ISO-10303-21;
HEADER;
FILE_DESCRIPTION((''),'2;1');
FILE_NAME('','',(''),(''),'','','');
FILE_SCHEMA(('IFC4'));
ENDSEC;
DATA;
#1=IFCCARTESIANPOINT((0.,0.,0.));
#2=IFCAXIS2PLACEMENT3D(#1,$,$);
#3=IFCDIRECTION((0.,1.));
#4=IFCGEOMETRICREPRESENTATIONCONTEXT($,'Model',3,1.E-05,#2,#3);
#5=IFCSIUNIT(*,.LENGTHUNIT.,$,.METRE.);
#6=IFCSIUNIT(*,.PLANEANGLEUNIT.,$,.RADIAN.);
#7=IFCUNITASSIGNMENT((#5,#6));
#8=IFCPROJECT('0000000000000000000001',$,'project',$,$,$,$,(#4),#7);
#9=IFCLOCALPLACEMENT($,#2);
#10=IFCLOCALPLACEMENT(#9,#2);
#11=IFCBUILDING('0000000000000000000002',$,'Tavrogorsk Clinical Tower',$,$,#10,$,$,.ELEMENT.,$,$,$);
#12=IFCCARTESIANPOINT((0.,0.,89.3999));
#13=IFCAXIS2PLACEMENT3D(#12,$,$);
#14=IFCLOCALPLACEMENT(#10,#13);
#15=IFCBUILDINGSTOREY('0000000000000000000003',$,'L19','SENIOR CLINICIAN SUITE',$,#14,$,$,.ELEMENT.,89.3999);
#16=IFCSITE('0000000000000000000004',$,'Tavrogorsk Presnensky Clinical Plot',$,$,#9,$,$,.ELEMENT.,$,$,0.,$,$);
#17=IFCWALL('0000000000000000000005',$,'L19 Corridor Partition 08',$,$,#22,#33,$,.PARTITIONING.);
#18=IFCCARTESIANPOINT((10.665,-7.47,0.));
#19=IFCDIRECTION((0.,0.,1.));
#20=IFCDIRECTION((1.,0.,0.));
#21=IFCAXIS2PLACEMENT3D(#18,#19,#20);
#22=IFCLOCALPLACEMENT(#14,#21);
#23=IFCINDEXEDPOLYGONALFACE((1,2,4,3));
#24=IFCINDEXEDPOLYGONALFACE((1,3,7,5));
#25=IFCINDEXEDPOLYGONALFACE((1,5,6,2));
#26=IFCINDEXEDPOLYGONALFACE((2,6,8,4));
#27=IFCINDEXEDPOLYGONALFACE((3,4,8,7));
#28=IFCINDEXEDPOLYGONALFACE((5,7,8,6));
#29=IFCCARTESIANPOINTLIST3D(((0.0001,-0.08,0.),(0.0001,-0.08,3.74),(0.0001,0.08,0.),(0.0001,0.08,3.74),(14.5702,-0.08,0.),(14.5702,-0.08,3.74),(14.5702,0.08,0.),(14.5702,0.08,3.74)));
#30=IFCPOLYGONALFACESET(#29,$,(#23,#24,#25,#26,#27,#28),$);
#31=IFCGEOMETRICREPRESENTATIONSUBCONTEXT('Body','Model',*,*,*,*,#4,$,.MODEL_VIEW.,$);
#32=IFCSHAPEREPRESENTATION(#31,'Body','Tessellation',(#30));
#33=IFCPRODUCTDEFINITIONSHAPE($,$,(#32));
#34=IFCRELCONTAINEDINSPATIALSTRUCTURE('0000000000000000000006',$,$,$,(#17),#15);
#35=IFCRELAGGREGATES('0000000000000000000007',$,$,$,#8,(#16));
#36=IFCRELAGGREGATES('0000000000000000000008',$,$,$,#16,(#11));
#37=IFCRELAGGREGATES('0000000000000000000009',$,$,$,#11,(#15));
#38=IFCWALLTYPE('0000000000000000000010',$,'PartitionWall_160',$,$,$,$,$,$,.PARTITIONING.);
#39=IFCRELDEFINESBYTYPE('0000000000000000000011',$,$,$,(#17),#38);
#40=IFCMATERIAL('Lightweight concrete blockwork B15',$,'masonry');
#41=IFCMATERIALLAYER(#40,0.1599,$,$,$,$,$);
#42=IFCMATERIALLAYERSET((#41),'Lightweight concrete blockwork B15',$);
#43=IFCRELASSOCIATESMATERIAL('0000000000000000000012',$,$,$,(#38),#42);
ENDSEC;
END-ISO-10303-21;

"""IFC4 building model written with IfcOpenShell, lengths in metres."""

from ifc_helpers import new_model, si_unit, direction, frame, frame_2d, origin, place, context, subcontext, project, spatial, rectangle, extrude, material, layer, layer_set, type_object, element, save


model = new_model("IFC4")

# Units and contexts
model_context = context("Model", 3, precision=1e-05, world=origin(), true_north=direction((0.0, 1.0)))
body_context = subcontext(model_context, "Body", "Model", "MODEL_VIEW")
ifc_project = project(units=[si_unit("LENGTHUNIT", "METRE"), si_unit("PLANEANGLEUNIT", "RADIAN")], contexts=[model_context])

# Site, building, storey
site_placement = place(None, origin())
site = spatial("IfcSite", under=ifc_project, at=site_placement, Name="Tavrogorsk Presnensky Clinical Plot", CompositionType="ELEMENT", RefElevation=0.0)
building_placement = place(site_placement, origin())
building = spatial("IfcBuilding", under=site, at=building_placement, Name="Tavrogorsk Clinical Tower", CompositionType="ELEMENT")
storey_placement = place(building_placement, frame((0.0, 0.0, 89.3999)))
storey = spatial("IfcBuildingStorey", under=building, at=storey_placement, Name="L19", Description="SENIOR CLINICIAN SUITE", CompositionType="ELEMENT", Elevation=89.3999)

# Wall
ifc_material_1 = material(Name="Lightweight concrete blockwork B15", Category="masonry")
ifc_layer_1 = layer(ifc_material_1, 0.1599)
ifc_layer_set_1 = layer_set([ifc_layer_1], Name="Lightweight concrete blockwork B15")
wall_type_1 = type_object("IfcWallType", Name="PartitionWall_160", PredefinedType="PARTITIONING", material=ifc_layer_set_1)
wall_1_placement = place(storey_placement, frame((10.665, -7.47, 0.0), z_axis=(0.0, 0.0, 1.0), x_axis=(1.0, 0.0, 0.0)))
element("IfcWall", 1, at=wall_1_placement, inside=storey, type_object=wall_type_1, Name="L19 Corridor Partition 08", PredefinedType="PARTITIONING", context=body_context, shape_type="SweptSolid", body=[
    extrude(rectangle(XDim=14.5701, YDim=0.1599, at=frame_2d((7.2852, 0.0))), origin(), (0.0, 0.0, 1.0), 3.74),
])

save(model, "model.ifc")
